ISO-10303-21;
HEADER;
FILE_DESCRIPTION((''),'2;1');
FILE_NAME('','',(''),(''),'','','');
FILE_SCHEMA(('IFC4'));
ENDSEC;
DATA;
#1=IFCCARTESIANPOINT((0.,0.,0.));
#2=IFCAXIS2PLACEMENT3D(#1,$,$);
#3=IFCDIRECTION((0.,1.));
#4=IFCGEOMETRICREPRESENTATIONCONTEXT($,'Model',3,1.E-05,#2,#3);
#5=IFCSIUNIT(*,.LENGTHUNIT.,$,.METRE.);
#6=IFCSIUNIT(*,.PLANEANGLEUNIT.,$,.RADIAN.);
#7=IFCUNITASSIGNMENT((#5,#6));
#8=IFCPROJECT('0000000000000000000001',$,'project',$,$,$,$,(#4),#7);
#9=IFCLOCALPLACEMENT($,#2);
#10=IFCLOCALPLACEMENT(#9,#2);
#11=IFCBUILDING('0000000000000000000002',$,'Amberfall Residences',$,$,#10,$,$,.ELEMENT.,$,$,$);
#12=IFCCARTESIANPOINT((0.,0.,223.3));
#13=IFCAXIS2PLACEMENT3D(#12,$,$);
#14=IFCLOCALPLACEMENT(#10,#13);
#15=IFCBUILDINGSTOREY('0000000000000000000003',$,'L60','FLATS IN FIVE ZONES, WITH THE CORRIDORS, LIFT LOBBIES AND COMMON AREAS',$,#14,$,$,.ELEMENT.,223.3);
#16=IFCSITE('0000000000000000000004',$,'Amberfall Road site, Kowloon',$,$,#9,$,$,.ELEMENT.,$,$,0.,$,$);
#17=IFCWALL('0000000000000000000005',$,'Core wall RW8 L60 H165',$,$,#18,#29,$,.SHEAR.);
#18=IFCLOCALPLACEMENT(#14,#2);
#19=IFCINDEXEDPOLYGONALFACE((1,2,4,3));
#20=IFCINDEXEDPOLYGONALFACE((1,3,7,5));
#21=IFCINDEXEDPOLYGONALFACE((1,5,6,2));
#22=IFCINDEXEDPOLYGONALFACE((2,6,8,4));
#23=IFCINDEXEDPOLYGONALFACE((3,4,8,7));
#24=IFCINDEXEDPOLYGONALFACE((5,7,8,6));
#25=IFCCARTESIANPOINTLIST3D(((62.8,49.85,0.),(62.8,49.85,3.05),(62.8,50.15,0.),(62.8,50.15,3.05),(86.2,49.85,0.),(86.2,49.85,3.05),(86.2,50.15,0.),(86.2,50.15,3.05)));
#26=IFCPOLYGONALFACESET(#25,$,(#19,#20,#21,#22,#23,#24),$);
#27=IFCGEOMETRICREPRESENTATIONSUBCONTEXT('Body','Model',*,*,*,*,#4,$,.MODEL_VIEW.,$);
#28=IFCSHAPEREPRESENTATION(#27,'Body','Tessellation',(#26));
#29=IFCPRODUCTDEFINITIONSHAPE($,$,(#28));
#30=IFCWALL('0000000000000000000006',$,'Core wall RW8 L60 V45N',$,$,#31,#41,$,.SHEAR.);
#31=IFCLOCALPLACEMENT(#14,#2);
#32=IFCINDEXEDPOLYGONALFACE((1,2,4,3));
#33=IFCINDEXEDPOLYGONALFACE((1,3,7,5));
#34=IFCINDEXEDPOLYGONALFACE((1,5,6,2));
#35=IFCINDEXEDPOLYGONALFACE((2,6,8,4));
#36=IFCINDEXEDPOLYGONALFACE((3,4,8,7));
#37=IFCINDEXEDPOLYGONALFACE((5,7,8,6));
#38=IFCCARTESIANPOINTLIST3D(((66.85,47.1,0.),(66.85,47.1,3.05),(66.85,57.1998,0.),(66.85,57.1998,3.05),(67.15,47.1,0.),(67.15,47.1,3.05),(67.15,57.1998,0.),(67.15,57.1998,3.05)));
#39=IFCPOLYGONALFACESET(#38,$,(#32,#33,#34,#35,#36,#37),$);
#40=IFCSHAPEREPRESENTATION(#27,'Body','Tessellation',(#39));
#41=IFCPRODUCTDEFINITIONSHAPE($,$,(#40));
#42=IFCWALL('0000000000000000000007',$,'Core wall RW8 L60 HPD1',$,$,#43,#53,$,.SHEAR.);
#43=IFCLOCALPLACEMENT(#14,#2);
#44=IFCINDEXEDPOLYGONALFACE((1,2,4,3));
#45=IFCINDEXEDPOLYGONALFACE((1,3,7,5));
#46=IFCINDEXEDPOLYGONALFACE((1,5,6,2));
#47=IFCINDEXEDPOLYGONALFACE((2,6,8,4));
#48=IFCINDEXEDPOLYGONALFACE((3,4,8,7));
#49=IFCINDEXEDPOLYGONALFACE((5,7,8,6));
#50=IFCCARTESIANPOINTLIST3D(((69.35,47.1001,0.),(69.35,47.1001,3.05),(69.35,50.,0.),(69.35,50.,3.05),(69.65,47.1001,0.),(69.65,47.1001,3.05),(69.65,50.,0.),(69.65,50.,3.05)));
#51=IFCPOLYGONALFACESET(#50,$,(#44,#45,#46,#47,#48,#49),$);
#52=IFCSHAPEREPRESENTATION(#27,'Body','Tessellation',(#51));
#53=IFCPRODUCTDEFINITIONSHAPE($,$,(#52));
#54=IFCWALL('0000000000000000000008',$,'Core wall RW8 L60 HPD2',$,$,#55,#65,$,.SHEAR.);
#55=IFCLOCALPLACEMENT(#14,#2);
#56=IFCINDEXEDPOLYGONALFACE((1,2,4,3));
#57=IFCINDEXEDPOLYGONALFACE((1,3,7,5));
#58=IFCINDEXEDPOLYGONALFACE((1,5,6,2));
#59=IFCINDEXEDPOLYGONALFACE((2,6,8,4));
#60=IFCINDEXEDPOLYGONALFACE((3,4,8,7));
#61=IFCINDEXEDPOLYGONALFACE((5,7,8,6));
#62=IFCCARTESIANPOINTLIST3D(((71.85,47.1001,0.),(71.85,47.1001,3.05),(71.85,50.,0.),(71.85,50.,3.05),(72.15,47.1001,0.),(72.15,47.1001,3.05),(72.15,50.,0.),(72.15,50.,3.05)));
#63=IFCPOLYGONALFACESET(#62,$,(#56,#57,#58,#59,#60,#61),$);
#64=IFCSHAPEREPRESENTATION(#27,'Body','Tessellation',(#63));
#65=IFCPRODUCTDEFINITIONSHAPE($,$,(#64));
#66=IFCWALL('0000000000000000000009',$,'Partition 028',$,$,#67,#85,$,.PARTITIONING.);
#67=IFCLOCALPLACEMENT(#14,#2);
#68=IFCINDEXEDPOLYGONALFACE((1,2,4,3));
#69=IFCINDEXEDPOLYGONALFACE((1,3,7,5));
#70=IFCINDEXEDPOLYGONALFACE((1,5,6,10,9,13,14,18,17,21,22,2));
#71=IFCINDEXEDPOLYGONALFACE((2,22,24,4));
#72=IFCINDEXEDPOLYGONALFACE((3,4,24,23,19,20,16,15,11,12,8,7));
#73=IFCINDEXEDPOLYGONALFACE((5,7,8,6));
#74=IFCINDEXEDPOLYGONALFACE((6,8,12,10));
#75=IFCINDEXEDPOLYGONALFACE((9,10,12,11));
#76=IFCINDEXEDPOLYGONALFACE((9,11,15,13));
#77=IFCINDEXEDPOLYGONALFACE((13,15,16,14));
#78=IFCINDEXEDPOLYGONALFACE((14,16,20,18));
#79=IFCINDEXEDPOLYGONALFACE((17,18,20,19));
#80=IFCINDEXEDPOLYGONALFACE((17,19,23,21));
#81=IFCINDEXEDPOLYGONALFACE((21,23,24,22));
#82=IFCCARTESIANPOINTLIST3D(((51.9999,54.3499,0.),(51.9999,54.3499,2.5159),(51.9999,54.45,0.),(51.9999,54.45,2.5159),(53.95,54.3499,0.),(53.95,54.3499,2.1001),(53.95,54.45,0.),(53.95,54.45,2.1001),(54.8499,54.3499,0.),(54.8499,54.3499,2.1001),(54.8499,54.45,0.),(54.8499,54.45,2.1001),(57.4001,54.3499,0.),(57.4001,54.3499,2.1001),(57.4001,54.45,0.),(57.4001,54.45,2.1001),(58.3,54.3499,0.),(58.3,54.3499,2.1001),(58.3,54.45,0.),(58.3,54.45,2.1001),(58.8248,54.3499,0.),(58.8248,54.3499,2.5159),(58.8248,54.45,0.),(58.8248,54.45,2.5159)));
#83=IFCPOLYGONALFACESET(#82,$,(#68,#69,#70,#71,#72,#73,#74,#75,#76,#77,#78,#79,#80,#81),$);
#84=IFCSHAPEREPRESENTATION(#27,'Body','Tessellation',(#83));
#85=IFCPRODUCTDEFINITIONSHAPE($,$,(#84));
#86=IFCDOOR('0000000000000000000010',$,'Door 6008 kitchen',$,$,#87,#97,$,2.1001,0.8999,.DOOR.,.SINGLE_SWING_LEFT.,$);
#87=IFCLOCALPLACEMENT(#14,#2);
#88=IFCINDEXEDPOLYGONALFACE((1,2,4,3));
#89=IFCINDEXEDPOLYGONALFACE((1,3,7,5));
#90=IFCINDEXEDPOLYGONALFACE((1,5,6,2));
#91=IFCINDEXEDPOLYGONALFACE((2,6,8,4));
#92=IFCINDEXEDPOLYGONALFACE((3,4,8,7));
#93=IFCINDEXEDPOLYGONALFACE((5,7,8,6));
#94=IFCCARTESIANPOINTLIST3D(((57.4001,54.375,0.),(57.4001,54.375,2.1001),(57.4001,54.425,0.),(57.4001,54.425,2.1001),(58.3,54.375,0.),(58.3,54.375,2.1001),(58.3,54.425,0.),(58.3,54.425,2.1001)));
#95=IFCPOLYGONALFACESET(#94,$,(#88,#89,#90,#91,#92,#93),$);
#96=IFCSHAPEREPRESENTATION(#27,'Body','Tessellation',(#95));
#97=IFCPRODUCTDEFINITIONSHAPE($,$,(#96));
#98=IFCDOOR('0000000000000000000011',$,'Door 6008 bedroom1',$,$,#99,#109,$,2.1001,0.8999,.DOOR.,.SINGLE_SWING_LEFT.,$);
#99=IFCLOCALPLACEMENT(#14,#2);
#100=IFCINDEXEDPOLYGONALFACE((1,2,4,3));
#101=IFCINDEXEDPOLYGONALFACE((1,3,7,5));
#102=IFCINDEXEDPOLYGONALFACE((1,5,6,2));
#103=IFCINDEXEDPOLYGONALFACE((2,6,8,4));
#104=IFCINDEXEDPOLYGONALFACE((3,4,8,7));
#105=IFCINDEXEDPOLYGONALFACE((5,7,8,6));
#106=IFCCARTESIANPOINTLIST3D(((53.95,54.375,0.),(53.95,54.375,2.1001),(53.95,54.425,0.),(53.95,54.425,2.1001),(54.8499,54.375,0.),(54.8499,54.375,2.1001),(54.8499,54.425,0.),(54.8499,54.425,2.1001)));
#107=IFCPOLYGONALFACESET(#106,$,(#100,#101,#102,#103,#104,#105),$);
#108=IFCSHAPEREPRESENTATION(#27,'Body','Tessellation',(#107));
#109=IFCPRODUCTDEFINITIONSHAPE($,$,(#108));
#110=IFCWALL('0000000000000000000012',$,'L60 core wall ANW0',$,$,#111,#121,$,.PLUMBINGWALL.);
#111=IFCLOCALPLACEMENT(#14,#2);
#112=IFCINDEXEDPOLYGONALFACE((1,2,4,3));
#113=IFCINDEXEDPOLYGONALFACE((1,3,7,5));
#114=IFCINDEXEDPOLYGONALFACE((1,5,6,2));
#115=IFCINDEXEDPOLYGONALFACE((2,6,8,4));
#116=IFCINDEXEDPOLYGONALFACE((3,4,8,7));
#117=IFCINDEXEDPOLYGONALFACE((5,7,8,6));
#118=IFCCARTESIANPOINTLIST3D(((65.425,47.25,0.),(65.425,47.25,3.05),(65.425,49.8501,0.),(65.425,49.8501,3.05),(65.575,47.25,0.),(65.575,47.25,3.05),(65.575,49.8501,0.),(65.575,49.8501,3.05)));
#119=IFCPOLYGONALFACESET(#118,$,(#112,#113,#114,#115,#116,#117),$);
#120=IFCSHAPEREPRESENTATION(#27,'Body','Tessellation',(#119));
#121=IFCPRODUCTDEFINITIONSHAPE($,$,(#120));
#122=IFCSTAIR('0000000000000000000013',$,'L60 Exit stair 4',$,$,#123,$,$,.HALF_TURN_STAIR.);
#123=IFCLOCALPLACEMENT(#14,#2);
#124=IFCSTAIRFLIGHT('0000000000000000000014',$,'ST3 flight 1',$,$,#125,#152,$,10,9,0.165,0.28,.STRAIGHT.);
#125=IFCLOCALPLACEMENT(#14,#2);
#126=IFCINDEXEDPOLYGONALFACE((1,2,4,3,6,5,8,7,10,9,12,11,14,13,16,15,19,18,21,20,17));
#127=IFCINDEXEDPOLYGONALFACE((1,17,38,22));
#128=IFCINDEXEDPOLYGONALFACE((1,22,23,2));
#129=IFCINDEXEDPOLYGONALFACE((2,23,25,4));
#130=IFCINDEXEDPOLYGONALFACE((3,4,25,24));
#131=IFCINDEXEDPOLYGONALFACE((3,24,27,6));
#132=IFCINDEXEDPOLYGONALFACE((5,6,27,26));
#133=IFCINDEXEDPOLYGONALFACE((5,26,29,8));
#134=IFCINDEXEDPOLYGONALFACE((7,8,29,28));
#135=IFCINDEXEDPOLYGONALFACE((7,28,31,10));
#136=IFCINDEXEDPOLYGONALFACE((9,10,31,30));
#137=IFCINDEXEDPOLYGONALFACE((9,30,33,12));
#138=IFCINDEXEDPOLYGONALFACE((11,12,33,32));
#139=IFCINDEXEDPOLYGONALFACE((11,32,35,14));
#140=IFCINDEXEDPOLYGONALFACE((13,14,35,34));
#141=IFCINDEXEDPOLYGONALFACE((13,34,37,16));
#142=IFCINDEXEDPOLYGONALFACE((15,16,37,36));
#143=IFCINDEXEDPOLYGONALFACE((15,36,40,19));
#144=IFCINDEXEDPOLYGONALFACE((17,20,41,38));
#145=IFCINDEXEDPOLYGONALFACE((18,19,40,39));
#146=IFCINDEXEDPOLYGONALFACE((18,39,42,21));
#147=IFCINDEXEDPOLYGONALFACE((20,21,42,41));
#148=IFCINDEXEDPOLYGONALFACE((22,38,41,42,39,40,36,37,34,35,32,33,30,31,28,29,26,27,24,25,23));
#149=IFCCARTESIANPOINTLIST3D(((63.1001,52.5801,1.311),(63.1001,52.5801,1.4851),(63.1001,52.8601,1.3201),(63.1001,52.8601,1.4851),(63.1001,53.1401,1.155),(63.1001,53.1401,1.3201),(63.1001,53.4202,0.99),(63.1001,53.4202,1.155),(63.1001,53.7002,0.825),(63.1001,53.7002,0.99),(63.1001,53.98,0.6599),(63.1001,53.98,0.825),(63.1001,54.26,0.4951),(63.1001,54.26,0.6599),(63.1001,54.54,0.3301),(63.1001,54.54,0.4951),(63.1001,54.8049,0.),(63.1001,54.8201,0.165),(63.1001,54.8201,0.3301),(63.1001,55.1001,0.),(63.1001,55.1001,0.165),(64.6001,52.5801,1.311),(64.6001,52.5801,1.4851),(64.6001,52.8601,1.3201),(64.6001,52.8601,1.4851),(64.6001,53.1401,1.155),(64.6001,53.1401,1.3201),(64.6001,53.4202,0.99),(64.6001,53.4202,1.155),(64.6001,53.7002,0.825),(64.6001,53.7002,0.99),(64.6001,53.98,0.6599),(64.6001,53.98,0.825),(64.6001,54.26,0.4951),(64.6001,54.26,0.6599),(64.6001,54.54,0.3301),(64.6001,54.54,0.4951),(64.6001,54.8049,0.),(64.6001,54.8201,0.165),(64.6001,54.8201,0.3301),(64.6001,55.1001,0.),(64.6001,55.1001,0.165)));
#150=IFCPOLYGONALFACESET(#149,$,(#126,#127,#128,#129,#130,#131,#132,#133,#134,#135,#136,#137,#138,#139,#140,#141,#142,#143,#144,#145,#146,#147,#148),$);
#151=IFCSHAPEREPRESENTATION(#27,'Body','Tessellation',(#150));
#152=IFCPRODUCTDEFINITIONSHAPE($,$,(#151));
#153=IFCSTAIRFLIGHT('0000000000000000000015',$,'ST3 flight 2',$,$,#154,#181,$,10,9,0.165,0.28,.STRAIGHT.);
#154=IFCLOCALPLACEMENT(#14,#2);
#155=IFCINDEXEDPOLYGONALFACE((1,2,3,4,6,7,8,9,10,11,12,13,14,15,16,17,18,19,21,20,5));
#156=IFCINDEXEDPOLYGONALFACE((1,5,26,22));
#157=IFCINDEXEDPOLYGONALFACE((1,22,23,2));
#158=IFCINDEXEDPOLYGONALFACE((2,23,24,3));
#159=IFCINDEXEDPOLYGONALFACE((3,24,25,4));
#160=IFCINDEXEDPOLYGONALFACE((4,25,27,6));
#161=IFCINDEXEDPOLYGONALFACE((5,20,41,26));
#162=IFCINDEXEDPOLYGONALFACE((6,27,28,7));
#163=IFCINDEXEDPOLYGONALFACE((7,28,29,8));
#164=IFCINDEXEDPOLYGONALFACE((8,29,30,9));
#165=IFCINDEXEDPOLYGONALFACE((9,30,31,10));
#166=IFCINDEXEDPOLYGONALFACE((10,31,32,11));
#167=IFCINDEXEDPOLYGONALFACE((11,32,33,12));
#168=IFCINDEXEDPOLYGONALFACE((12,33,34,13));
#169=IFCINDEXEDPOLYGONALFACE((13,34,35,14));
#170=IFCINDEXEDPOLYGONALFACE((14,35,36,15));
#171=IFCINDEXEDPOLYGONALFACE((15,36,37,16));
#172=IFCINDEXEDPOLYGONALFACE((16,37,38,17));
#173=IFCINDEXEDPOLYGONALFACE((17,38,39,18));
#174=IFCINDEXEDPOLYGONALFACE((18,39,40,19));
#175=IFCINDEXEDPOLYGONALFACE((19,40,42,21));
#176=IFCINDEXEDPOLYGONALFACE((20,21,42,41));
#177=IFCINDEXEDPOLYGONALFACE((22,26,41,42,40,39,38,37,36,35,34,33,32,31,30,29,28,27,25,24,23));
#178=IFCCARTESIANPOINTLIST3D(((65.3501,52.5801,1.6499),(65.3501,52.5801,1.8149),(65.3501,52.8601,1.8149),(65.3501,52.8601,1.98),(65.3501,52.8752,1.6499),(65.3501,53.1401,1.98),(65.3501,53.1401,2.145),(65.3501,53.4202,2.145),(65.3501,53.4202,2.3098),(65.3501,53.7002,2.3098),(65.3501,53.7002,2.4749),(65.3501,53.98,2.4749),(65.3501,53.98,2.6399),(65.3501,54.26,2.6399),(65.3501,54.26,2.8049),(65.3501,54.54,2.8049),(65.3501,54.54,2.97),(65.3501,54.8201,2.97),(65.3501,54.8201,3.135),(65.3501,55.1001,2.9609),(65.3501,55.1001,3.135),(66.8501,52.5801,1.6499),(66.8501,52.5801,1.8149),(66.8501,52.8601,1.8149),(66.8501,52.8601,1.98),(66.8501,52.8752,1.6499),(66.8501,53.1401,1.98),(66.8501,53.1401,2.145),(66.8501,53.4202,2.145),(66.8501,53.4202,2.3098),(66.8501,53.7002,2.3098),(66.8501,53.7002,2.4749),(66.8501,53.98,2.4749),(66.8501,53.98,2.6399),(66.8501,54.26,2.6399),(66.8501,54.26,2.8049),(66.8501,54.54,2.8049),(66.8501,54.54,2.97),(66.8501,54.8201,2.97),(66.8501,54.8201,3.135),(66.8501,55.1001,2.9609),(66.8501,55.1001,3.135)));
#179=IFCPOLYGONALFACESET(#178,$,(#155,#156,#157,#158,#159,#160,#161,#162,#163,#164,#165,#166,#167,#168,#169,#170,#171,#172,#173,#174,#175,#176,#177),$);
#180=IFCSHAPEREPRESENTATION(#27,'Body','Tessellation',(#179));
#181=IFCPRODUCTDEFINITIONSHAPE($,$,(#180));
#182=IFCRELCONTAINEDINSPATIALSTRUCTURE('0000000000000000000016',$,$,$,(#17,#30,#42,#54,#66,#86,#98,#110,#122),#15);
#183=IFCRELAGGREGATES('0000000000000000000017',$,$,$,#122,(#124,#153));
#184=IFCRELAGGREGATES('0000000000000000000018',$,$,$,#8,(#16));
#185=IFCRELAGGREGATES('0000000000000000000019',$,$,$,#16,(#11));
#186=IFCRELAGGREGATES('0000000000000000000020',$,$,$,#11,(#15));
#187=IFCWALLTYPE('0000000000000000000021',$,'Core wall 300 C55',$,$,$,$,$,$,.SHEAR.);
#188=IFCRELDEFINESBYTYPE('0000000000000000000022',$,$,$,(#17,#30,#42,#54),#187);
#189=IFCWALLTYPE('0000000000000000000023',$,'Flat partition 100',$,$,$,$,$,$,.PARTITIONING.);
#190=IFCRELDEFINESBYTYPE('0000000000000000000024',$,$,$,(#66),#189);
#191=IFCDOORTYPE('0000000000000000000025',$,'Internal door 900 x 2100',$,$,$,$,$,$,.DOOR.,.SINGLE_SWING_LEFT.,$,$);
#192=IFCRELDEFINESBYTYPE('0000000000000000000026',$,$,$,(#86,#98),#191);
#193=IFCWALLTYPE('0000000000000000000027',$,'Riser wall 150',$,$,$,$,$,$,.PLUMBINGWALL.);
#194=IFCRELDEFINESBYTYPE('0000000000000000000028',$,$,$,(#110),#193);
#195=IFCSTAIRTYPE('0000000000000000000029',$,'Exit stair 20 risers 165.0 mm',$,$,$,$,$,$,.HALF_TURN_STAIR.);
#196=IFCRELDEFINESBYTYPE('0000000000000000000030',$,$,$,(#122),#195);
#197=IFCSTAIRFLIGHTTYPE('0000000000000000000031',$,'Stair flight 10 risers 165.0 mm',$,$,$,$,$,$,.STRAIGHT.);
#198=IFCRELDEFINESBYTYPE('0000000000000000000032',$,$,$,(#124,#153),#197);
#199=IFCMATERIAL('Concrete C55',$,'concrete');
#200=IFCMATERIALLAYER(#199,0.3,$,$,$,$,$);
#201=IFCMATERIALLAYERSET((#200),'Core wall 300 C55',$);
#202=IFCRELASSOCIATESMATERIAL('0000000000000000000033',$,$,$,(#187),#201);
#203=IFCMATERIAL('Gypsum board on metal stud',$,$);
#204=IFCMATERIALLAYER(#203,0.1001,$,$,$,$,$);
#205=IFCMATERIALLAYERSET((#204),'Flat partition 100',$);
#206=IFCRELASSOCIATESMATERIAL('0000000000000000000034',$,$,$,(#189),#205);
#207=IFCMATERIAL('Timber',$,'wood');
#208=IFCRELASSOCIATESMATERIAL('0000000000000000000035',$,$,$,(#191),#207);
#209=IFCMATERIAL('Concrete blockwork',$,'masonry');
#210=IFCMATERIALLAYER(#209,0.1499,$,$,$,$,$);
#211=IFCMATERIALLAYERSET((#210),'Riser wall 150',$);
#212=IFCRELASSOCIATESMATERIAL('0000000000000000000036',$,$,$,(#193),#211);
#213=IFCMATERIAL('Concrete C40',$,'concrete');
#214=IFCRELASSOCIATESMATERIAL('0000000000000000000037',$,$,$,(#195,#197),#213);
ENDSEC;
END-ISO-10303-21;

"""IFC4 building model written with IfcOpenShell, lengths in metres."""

from ifc_helpers import new_model, si_unit, direction, frame, frame_2d, origin, place, context, subcontext, project, spatial, polyline, rectangle, outline, extrude, material, layer, layer_set, type_object, element, fill, aggregate, save


model = new_model("IFC4")

# Units and contexts
model_context = context("Model", 3, precision=1e-05, world=origin(), true_north=direction((0.0, 1.0)))
body_context = subcontext(model_context, "Body", "Model", "MODEL_VIEW")
ifc_project = project(units=[si_unit("LENGTHUNIT", "METRE"), si_unit("PLANEANGLEUNIT", "RADIAN")], contexts=[model_context])

# Site, building, storey
site_placement = place(None, origin())
site = spatial("IfcSite", under=ifc_project, at=site_placement, Name="Amberfall Road site, Kowloon", CompositionType="ELEMENT", RefElevation=0.0)
building_placement = place(site_placement, origin())
building = spatial("IfcBuilding", under=site, at=building_placement, Name="Amberfall Residences", CompositionType="ELEMENT")
storey_placement = place(building_placement, frame((0.0, 0.0, 223.3)))
storey = spatial("IfcBuildingStorey", under=building, at=storey_placement, Name="L60", Description="FLATS IN FIVE ZONES, WITH THE CORRIDORS, LIFT LOBBIES AND COMMON AREAS", CompositionType="ELEMENT", Elevation=223.3)

# Walls
ifc_material_1 = material(Name="Concrete C55", Category="concrete")
ifc_layer_1 = layer(ifc_material_1, 0.3)
ifc_layer_set_1 = layer_set([ifc_layer_1], Name="Core wall 300 C55")
wall_type_1 = type_object("IfcWallType", Name="Core wall 300 C55", PredefinedType="SHEAR", material=ifc_layer_set_1)
wall_1_placement = place(storey_placement, frame((62.8, 50.0, 0.0), z_axis=(0.0, 0.0, 1.0), x_axis=(1.0, 0.0, 0.0)))
element("IfcWall", 1, at=wall_1_placement, inside=storey, type_object=wall_type_1, Name="Core wall RW8 L60 H165", PredefinedType="SHEAR", context=body_context, shape_type="SweptSolid", body=[
    extrude(rectangle(XDim=23.3999, YDim=0.3, at=frame_2d((11.7, 0.0))), origin(), (0.0, 0.0, 1.0), 3.05),
])
wall_2_placement = place(storey_placement, frame((67.0, 47.1001, 0.0), z_axis=(0.0, 0.0, 1.0), x_axis=(0.0, 1.0, 0.0)))
element("IfcWall", 2, at=wall_2_placement, inside=storey, type_object=wall_type_1, Name="Core wall RW8 L60 V45N", PredefinedType="SHEAR", context=body_context, shape_type="SweptSolid", body=[
    extrude(rectangle(XDim=10.0999, YDim=0.3, at=frame_2d((5.0498, 0.0))), origin(), (0.0, 0.0, 1.0), 3.05),
])
for number, where, z_axis, x_axis, name in (
    (3, (69.5, 47.1001, 0.0), (0.0, 0.0, 1.0), (0.0, 1.0, 0.0), "Core wall RW8 L60 HPD1"),
    (4, (72.0, 47.1001, 0.0), (0.0, 0.0, 1.0), (0.0, 1.0, 0.0), "Core wall RW8 L60 HPD2"),
):
    element("IfcWall", number, at=place(storey_placement, frame(where, z_axis=z_axis, x_axis=x_axis)), inside=storey, type_object=wall_type_1, Name=name, PredefinedType="SHEAR", context=body_context, shape_type="SweptSolid", body=[
        extrude(rectangle(XDim=2.8999, YDim=0.3, at=frame_2d((1.45, 0.0))), origin(), (0.0, 0.0, 1.0), 3.05),
    ])

# Wall, openings, doors
ifc_material_2 = material(Name="Gypsum board on metal stud")
ifc_layer_2 = layer(ifc_material_2, 0.1001)
ifc_layer_set_2 = layer_set([ifc_layer_2], Name="Flat partition 100")
wall_type_2 = type_object("IfcWallType", Name="Flat partition 100", PredefinedType="PARTITIONING", material=ifc_layer_set_2)
wall_3_placement = place(storey_placement, frame((58.825, 54.3999, 0.0), z_axis=(0.0, 0.0, 1.0), x_axis=(-1.0, 0.0, 0.0)))
wall_3 = element("IfcWall", 5, at=wall_3_placement, inside=storey, type_object=wall_type_2, Name="Partition 028", PredefinedType="PARTITIONING", context=body_context, shape_type="SweptSolid", body=[
    extrude(rectangle(XDim=6.825, YDim=0.1001, at=frame_2d((3.4126, 0.0))), origin(), (0.0, 0.0, 1.0), 2.5159),
])
opening_1_placement = place(wall_3_placement, frame((0.5249, 0.0, 0.0)))
opening_1 = element("IfcOpeningElement", 6, at=opening_1_placement, cuts=wall_3, PredefinedType="OPENING", context=body_context, shape_type="SweptSolid", body=[
    extrude(rectangle(XDim=0.8999, YDim=2.1001, at=frame_2d((0.45, 1.05))), frame((0.0, 0.0601, 0.0), z_axis=(0.0, -1.0, 0.0), x_axis=(1.0, 0.0, 0.0)), (0.0, 0.0, 1.0), 0.1201),
])
opening_2_placement = place(wall_3_placement, frame((3.9751, 0.0, 0.0)))
opening_2 = element("IfcOpeningElement", 7, at=opening_2_placement, cuts=wall_3, PredefinedType="OPENING", context=body_context, shape_type="SweptSolid", body=[
    extrude(rectangle(XDim=0.8999, YDim=2.1001, at=frame_2d((0.45, 1.05))), frame((0.0, 0.0601, 0.0), z_axis=(0.0, -1.0, 0.0), x_axis=(1.0, 0.0, 0.0)), (0.0, 0.0, 1.0), 0.1201),
])
ifc_material_3 = material(Name="Timber", Category="wood")
door_type = type_object("IfcDoorType", Name="Internal door 900 x 2100", OperationType="SINGLE_SWING_LEFT", PredefinedType="DOOR", material=ifc_material_3)
door_1_placement = place(opening_1_placement, origin())
door_1 = element("IfcDoor", 8, at=door_1_placement, inside=storey, type_object=door_type, Name="Door 6008 kitchen", OperationType="SINGLE_SWING_LEFT", OverallHeight=2.1001, OverallWidth=0.8999, PredefinedType="DOOR", context=body_context, shape_type="SweptSolid", body=[
    extrude(rectangle(XDim=0.8999, YDim=2.1001, at=frame_2d((0.45, 1.05))), frame((0.0, 0.0249, 0.0), z_axis=(0.0, -1.0, 0.0), x_axis=(1.0, 0.0, 0.0)), (0.0, 0.0, 1.0), 0.05),
])
fill(opening_1, door_1)
door_2_placement = place(opening_2_placement, origin())
door_2 = element("IfcDoor", 9, at=door_2_placement, inside=storey, type_object=door_type, Name="Door 6008 bedroom1", OperationType="SINGLE_SWING_LEFT", OverallHeight=2.1001, OverallWidth=0.8999, PredefinedType="DOOR", context=body_context, shape_type="SweptSolid", body=[
    extrude(rectangle(XDim=0.8999, YDim=2.1001, at=frame_2d((0.45, 1.05))), frame((0.0, 0.0249, 0.0), z_axis=(0.0, -1.0, 0.0), x_axis=(1.0, 0.0, 0.0)), (0.0, 0.0, 1.0), 0.05),
])
fill(opening_2, door_2)

# Wall
ifc_material_4 = material(Name="Concrete blockwork", Category="masonry")
ifc_layer_3 = layer(ifc_material_4, 0.1499)
ifc_layer_set_3 = layer_set([ifc_layer_3], Name="Riser wall 150")
wall_type_3 = type_object("IfcWallType", Name="Riser wall 150", PredefinedType="PLUMBINGWALL", material=ifc_layer_set_3)
wall_4_placement = place(storey_placement, frame((65.5, 47.25, 0.0), z_axis=(0.0, 0.0, 1.0), x_axis=(0.0, 1.0, 0.0)))
element("IfcWall", 10, at=wall_4_placement, inside=storey, type_object=wall_type_3, Name="L60 core wall ANW0", PredefinedType="PLUMBINGWALL", context=body_context, shape_type="SweptSolid", body=[
    extrude(rectangle(XDim=2.6001, YDim=0.1499, at=frame_2d((1.3, 0.0))), origin(), (0.0, 0.0, 1.0), 3.05),
])

# Stair, stair flights
ifc_material_5 = material(Name="Concrete C40", Category="concrete")
stair_type = type_object("IfcStairType", Name="Exit stair 20 risers 165.0 mm", PredefinedType="HALF_TURN_STAIR", material=ifc_material_5)
stair_placement = place(storey_placement, origin())
stair = element("IfcStair", 11, at=stair_placement, inside=storey, type_object=stair_type, Name="L60 Exit stair 4", PredefinedType="HALF_TURN_STAIR")
stair_flight_type = type_object("IfcStairFlightType", Name="Stair flight 10 risers 165.0 mm", PredefinedType="STRAIGHT", material=ifc_material_5)
stair_flight_1_placement = place(storey_placement, frame((63.8501, 55.1001, 0.0), z_axis=(0.0, 0.0, 1.0), x_axis=(0.0, -1.0, 0.0)))
stair_flight_1 = element("IfcStairFlight", 12, at=stair_flight_1_placement, type_object=stair_flight_type, Name="ST3 flight 1", NumberOfRisers=10, NumberOfTreads=9, PredefinedType="STRAIGHT", RiserHeight=0.165, TreadLength=0.28, context=body_context, shape_type="SweptSolid", body=[
    extrude(outline(polyline([(0.0, 0.0), (0.0, 0.165), (0.28, 0.165), (0.28, 0.3301), (0.5601, 0.3301), (0.5601, 0.4951), (0.8401, 0.4951), (0.8401, 0.6599), (1.1201, 0.6599), (1.1201, 0.825), (1.3999, 0.825), (1.3999, 0.99), (1.6799, 0.99), (1.6799, 1.155), (1.96, 1.155), (1.96, 1.3201), (2.24, 1.3201), (2.24, 1.4851), (2.52, 1.4851), (2.52, 1.6499), (2.52, 1.311), (0.2952, 0.0), (0.0, 0.0)])), frame((0.0, 0.75, 0.0), z_axis=(0.0, -1.0, 0.0), x_axis=(1.0, 0.0, 0.0)), (0.0, 0.0, 1.0), 1.5),
])
stair_flight_2_placement = place(storey_placement, frame((66.1001, 52.5801, 1.6499), z_axis=(0.0, 0.0, 1.0), x_axis=(0.0, 1.0, 0.0)))
stair_flight_2 = element("IfcStairFlight", 13, at=stair_flight_2_placement, type_object=stair_flight_type, Name="ST3 flight 2", NumberOfRisers=10, NumberOfTreads=9, PredefinedType="STRAIGHT", RiserHeight=0.165, TreadLength=0.28, context=body_context, shape_type="SweptSolid", body=[
    extrude(outline(polyline([(0.0, 0.0), (0.0, 0.165), (0.28, 0.165), (0.28, 0.3301), (0.5601, 0.3301), (0.5601, 0.4951), (0.8401, 0.4951), (0.8401, 0.6599), (1.1201, 0.6599), (1.1201, 0.825), (1.3999, 0.825), (1.3999, 0.99), (1.6799, 0.99), (1.6799, 1.155), (1.96, 1.155), (1.96, 1.3201), (2.24, 1.3201), (2.24, 1.4851), (2.52, 1.4851), (2.52, 1.6499), (2.52, 1.311), (0.2952, 0.0), (0.0, 0.0)])), frame((0.0, 0.75, 0.0), z_axis=(0.0, -1.0, 0.0), x_axis=(1.0, 0.0, 0.0)), (0.0, 0.0, 1.0), 1.5),
])
aggregate(stair, [stair_flight_1, stair_flight_2])

save(model, "model.ifc")
